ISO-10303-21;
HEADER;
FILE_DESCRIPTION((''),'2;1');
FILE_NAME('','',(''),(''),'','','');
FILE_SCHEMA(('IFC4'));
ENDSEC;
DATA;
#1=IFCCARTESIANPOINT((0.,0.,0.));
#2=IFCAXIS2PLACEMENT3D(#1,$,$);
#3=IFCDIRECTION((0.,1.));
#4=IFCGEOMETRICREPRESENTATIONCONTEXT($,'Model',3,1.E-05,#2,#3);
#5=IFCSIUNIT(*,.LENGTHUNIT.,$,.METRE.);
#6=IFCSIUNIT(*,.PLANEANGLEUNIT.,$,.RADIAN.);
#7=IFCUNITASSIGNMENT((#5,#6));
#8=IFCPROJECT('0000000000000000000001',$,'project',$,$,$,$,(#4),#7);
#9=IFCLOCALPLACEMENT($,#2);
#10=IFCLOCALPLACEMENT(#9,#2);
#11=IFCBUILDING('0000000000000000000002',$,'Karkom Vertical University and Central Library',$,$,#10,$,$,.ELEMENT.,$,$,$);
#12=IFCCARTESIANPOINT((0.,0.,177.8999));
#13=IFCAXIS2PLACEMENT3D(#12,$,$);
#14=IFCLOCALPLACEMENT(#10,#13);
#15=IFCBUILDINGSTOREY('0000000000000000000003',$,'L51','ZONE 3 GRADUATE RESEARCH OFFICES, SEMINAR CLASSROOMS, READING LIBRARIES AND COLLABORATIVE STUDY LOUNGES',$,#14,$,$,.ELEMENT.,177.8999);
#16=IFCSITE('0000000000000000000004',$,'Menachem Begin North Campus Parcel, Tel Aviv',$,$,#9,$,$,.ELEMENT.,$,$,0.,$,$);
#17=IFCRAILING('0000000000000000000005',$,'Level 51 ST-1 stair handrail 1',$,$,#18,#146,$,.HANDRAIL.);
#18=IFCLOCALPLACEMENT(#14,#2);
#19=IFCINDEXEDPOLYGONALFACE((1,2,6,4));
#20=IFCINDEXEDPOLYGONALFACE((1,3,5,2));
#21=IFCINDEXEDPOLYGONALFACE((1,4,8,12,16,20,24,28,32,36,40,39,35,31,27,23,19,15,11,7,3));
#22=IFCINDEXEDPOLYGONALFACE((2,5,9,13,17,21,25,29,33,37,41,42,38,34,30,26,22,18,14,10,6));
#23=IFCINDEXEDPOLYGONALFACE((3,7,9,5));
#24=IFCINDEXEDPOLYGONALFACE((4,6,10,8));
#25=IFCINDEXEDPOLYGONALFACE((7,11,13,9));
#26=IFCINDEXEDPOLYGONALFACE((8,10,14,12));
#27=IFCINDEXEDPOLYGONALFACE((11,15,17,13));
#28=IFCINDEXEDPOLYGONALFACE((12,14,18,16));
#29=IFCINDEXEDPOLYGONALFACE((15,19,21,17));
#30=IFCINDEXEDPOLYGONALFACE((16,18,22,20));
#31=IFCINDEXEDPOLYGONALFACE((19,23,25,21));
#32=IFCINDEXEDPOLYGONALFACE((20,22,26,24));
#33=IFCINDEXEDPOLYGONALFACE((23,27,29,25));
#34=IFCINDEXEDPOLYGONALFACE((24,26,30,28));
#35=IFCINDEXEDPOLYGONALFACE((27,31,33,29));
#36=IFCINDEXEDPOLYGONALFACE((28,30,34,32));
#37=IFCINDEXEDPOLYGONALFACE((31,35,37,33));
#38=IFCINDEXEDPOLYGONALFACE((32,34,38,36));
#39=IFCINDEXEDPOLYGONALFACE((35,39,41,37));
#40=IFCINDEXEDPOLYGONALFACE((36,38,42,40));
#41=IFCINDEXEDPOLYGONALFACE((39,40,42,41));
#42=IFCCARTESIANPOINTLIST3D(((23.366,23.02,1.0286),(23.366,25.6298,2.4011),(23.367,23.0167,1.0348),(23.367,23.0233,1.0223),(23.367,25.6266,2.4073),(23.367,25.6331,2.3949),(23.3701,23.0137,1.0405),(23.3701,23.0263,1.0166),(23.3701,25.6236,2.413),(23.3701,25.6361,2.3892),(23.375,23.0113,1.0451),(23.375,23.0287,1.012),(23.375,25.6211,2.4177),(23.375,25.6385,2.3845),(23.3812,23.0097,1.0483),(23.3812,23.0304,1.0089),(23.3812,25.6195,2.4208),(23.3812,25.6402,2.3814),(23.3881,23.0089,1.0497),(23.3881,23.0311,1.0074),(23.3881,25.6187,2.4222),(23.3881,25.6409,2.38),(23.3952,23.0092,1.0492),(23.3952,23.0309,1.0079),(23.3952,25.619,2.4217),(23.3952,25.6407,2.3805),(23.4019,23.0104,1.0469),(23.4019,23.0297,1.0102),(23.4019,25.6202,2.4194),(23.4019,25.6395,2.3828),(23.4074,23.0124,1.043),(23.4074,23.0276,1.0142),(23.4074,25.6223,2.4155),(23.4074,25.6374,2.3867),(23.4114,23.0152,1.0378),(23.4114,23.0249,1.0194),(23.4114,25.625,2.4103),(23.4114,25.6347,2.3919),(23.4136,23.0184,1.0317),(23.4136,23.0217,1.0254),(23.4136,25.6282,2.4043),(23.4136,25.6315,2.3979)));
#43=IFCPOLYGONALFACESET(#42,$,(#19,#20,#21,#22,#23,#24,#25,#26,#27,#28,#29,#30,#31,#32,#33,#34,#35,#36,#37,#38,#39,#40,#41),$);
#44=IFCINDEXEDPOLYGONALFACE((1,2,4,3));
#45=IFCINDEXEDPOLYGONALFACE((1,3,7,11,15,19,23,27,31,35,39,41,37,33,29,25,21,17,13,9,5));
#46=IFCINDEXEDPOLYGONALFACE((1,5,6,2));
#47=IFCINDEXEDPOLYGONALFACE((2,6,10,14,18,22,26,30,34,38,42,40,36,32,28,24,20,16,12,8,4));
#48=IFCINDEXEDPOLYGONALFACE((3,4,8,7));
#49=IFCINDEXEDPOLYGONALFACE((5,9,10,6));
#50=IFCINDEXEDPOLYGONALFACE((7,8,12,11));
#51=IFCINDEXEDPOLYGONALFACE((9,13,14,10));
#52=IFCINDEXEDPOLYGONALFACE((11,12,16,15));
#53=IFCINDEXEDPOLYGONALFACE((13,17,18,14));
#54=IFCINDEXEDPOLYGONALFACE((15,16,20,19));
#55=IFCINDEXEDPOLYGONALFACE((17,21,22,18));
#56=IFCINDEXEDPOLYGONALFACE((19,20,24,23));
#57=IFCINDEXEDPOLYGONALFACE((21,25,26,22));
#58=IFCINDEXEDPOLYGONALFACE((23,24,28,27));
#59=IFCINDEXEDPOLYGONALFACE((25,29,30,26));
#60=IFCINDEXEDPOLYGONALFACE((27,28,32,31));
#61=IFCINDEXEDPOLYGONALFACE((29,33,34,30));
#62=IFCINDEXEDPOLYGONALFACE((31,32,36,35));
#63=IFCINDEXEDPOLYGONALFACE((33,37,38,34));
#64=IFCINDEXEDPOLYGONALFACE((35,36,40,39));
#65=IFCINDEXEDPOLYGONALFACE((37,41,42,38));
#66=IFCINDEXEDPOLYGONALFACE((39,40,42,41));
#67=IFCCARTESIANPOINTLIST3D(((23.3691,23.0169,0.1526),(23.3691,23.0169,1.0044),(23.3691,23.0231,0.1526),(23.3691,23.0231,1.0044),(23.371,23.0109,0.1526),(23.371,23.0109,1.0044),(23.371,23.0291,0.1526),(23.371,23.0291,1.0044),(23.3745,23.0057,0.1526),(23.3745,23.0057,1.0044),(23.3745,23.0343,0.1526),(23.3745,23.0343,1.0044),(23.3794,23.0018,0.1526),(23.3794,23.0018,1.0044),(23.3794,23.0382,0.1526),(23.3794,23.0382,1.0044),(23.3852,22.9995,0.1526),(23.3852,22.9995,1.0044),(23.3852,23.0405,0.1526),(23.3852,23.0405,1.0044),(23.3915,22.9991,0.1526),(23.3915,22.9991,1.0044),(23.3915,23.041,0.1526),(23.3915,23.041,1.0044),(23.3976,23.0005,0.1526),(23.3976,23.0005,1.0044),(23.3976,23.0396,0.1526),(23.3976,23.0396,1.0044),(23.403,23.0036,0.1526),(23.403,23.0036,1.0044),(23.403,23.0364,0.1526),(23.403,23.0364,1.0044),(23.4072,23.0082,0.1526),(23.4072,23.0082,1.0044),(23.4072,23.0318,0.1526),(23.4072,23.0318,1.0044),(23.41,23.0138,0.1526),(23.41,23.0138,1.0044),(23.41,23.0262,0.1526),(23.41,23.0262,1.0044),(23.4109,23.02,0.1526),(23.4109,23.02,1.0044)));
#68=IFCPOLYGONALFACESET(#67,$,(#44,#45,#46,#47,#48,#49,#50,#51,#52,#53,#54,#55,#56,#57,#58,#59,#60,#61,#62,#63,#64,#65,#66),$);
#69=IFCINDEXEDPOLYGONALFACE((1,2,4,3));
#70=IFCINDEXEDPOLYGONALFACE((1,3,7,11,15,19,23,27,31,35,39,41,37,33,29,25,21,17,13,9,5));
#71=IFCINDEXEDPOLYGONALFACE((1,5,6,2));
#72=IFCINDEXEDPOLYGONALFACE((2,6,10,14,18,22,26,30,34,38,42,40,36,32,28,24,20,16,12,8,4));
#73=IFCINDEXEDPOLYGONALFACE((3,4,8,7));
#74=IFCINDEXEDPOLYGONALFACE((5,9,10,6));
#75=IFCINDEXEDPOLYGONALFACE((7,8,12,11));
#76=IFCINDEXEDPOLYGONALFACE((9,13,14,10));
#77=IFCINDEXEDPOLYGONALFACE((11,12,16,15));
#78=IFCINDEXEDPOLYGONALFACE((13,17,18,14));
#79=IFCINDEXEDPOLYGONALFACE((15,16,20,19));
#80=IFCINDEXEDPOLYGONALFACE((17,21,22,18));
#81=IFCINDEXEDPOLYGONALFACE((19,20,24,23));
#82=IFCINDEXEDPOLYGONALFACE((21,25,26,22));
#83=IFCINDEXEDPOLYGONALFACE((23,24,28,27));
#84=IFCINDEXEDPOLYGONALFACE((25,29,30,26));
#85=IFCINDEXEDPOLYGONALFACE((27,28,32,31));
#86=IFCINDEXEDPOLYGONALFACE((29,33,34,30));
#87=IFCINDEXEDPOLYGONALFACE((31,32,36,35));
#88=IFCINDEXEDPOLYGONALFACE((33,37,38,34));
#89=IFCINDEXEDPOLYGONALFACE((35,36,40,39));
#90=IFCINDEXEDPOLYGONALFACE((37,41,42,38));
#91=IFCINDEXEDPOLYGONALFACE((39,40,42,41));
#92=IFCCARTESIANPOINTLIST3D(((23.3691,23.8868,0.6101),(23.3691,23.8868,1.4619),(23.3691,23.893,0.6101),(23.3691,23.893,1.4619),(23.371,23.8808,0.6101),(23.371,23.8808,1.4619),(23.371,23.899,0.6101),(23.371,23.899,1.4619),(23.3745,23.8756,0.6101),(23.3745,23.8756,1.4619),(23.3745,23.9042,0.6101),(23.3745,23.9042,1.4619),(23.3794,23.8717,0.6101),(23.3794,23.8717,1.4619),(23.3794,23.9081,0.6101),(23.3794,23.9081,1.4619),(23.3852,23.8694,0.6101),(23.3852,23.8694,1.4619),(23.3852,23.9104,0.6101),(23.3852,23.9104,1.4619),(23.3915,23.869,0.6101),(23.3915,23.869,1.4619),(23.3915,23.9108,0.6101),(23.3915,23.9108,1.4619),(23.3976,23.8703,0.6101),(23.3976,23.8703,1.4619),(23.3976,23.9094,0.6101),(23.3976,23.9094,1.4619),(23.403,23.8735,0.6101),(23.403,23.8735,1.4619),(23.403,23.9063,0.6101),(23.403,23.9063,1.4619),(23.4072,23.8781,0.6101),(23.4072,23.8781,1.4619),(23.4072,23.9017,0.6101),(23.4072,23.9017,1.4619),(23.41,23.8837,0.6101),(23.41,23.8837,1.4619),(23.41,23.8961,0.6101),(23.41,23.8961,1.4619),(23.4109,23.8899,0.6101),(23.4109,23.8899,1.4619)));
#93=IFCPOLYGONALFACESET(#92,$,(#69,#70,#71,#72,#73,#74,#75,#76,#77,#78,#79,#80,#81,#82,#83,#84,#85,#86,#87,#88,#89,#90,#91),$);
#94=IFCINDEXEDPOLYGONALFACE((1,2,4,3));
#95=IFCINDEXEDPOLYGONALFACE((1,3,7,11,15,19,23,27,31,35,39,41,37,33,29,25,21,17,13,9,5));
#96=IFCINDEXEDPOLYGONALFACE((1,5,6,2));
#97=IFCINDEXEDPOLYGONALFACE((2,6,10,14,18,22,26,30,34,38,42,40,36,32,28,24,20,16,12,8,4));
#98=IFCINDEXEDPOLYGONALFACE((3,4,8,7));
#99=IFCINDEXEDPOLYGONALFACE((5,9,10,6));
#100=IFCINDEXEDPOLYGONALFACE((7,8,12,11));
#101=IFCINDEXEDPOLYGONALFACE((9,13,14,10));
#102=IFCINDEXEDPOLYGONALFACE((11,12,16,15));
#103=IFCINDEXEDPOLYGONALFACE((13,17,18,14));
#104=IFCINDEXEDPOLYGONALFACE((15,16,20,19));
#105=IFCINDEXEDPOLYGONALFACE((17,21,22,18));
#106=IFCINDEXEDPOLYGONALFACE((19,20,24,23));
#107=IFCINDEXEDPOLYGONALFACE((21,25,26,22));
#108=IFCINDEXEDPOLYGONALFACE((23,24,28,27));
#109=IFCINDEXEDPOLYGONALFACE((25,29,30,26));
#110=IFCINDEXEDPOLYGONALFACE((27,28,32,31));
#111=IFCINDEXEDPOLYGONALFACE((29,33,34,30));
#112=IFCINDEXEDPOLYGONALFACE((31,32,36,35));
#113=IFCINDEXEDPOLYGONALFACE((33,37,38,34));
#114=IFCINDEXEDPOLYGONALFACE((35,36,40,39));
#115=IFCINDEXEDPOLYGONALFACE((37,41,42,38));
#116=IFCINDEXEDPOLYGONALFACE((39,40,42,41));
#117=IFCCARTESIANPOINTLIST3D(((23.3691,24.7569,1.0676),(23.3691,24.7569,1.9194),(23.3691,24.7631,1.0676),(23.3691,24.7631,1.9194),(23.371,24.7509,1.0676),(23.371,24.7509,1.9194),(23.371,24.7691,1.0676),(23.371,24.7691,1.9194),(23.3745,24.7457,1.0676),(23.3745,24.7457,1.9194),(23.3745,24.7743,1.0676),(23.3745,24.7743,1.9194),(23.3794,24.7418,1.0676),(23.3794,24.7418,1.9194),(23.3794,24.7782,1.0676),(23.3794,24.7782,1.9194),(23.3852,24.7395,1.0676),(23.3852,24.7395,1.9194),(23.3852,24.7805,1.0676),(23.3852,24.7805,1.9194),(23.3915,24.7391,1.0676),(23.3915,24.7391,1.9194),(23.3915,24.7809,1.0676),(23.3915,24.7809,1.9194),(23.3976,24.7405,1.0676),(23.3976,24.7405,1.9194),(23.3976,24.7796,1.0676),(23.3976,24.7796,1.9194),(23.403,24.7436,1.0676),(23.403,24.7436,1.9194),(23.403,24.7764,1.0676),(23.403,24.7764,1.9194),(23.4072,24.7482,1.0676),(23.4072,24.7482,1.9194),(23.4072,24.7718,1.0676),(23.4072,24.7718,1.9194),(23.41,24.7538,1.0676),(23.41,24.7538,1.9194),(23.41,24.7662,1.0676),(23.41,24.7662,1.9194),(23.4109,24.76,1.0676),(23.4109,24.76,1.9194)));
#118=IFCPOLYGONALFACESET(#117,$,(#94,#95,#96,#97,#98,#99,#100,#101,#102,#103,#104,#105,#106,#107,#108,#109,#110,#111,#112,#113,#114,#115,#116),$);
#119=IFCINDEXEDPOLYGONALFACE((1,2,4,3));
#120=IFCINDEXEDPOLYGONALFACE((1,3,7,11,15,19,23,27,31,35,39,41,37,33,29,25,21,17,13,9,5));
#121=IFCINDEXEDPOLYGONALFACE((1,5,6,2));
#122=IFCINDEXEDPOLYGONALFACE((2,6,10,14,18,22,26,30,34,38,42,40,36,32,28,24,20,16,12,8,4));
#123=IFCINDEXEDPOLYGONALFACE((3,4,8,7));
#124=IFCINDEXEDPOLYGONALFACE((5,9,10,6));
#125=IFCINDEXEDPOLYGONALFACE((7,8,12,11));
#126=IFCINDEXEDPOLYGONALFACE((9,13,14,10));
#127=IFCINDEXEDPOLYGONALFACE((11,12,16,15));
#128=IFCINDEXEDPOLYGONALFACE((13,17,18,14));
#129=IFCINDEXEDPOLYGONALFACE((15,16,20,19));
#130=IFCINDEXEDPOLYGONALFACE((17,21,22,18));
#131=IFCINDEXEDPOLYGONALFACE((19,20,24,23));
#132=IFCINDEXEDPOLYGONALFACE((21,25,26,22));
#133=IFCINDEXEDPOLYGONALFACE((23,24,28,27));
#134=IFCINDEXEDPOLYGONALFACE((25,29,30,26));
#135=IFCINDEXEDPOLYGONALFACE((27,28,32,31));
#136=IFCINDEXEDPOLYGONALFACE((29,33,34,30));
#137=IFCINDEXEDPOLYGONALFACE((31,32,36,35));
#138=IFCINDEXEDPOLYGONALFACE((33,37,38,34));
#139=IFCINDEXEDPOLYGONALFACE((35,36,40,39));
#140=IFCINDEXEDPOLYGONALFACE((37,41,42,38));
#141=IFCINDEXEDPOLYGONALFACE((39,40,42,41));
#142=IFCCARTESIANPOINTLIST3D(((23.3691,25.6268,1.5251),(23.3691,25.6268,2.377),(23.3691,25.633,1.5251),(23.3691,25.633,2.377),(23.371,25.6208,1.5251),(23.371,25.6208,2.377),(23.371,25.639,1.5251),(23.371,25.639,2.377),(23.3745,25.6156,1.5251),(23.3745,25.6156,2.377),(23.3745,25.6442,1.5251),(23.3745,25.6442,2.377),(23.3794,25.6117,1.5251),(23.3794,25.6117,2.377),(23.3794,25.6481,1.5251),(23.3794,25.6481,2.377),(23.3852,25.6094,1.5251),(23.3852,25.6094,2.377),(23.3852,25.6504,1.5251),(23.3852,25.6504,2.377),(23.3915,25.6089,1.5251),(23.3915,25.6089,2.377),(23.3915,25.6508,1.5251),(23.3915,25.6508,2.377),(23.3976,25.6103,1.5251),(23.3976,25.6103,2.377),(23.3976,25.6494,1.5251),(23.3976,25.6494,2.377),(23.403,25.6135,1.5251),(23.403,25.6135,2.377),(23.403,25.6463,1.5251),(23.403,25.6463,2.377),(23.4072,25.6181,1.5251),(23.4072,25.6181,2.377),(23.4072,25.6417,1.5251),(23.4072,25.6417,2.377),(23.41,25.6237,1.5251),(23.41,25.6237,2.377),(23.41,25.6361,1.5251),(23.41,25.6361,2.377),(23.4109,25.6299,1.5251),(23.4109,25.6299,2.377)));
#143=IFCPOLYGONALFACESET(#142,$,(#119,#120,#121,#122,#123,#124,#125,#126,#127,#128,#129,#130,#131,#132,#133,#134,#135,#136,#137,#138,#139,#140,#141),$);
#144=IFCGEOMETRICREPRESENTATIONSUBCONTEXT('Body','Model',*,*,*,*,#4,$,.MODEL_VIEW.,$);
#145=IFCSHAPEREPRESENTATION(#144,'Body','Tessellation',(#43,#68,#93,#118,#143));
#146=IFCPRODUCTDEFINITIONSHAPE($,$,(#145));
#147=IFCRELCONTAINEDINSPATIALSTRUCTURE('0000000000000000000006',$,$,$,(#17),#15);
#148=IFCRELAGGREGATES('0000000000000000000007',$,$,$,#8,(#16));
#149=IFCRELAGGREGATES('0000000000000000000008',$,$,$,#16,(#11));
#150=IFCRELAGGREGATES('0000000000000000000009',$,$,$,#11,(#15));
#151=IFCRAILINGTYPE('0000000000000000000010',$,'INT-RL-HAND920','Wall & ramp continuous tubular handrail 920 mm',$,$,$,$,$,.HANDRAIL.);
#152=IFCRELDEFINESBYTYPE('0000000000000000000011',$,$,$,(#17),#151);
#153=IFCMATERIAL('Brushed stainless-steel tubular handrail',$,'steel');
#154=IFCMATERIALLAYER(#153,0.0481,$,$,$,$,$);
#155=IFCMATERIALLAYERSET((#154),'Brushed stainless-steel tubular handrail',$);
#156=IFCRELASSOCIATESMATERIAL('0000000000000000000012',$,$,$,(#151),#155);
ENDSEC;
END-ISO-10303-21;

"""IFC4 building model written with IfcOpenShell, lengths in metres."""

from ifc_helpers import new_model, si_unit, direction, frame, origin, origin_2d, place, context, subcontext, project, spatial, circle, extrude, material, layer, layer_set, type_object, element, save


model = new_model("IFC4")

# Units and contexts
model_context = context("Model", 3, precision=1e-05, world=origin(), true_north=direction((0.0, 1.0)))
body_context = subcontext(model_context, "Body", "Model", "MODEL_VIEW")
ifc_project = project(units=[si_unit("LENGTHUNIT", "METRE"), si_unit("PLANEANGLEUNIT", "RADIAN")], contexts=[model_context])

# Site, building, storey
site_placement = place(None, origin())
site = spatial("IfcSite", under=ifc_project, at=site_placement, Name="Menachem Begin North Campus Parcel, Tel Aviv", CompositionType="ELEMENT", RefElevation=0.0)
building_placement = place(site_placement, origin())
building = spatial("IfcBuilding", under=site, at=building_placement, Name="Karkom Vertical University and Central Library", CompositionType="ELEMENT")
storey_placement = place(building_placement, frame((0.0, 0.0, 177.8999)))
storey = spatial("IfcBuildingStorey", under=building, at=storey_placement, Name="L51", Description="ZONE 3 GRADUATE RESEARCH OFFICES, SEMINAR CLASSROOMS, READING LIBRARIES AND COLLABORATIVE STUDY LOUNGES", CompositionType="ELEMENT", Elevation=177.8999)

# Railing
ifc_material_1 = material(Name="Brushed stainless-steel tubular handrail", Category="steel")
ifc_layer_1 = layer(ifc_material_1, 0.0481)
ifc_layer_set_1 = layer_set([ifc_layer_1], Name="Brushed stainless-steel tubular handrail")
railing_type_1 = type_object("IfcRailingType", Name="INT-RL-HAND920", Description="Wall & ramp continuous tubular handrail 920 mm", PredefinedType="HANDRAIL", material=ifc_layer_set_1)
railing_1_placement = place(storey_placement, frame((23.3899, 23.02, 0.1526)))
element("IfcRailing", 1, at=railing_1_placement, inside=storey, type_object=railing_type_1, Name="Level 51 ST-1 stair handrail 1", PredefinedType="HANDRAIL", context=body_context, shape_type="SweptSolid", body=[
    extrude(circle(Radius=0.0239, at=origin_2d()), frame((0.0, 0.0, 0.876), z_axis=(0.0, 0.885065, 0.465467), x_axis=(-1.0, 0.0, 0.0)), (0.0, 0.0, 1.0), 2.9487),
    extrude(circle(Radius=0.021, at=origin_2d()), origin(), (0.0, 0.0, 1.0), 0.8518),
    extrude(circle(Radius=0.021, at=origin_2d()), frame((0.0, 0.8699, 0.4575)), (0.0, 0.0, 1.0), 0.8518),
    extrude(circle(Radius=0.021, at=origin_2d()), frame((0.0, 1.74, 0.915)), (0.0, 0.0, 1.0), 0.8518),
    extrude(circle(Radius=0.021, at=origin_2d()), frame((0.0, 2.6099, 1.3726)), (0.0, 0.0, 1.0), 0.8518),
])

save(model, "model.ifc")
